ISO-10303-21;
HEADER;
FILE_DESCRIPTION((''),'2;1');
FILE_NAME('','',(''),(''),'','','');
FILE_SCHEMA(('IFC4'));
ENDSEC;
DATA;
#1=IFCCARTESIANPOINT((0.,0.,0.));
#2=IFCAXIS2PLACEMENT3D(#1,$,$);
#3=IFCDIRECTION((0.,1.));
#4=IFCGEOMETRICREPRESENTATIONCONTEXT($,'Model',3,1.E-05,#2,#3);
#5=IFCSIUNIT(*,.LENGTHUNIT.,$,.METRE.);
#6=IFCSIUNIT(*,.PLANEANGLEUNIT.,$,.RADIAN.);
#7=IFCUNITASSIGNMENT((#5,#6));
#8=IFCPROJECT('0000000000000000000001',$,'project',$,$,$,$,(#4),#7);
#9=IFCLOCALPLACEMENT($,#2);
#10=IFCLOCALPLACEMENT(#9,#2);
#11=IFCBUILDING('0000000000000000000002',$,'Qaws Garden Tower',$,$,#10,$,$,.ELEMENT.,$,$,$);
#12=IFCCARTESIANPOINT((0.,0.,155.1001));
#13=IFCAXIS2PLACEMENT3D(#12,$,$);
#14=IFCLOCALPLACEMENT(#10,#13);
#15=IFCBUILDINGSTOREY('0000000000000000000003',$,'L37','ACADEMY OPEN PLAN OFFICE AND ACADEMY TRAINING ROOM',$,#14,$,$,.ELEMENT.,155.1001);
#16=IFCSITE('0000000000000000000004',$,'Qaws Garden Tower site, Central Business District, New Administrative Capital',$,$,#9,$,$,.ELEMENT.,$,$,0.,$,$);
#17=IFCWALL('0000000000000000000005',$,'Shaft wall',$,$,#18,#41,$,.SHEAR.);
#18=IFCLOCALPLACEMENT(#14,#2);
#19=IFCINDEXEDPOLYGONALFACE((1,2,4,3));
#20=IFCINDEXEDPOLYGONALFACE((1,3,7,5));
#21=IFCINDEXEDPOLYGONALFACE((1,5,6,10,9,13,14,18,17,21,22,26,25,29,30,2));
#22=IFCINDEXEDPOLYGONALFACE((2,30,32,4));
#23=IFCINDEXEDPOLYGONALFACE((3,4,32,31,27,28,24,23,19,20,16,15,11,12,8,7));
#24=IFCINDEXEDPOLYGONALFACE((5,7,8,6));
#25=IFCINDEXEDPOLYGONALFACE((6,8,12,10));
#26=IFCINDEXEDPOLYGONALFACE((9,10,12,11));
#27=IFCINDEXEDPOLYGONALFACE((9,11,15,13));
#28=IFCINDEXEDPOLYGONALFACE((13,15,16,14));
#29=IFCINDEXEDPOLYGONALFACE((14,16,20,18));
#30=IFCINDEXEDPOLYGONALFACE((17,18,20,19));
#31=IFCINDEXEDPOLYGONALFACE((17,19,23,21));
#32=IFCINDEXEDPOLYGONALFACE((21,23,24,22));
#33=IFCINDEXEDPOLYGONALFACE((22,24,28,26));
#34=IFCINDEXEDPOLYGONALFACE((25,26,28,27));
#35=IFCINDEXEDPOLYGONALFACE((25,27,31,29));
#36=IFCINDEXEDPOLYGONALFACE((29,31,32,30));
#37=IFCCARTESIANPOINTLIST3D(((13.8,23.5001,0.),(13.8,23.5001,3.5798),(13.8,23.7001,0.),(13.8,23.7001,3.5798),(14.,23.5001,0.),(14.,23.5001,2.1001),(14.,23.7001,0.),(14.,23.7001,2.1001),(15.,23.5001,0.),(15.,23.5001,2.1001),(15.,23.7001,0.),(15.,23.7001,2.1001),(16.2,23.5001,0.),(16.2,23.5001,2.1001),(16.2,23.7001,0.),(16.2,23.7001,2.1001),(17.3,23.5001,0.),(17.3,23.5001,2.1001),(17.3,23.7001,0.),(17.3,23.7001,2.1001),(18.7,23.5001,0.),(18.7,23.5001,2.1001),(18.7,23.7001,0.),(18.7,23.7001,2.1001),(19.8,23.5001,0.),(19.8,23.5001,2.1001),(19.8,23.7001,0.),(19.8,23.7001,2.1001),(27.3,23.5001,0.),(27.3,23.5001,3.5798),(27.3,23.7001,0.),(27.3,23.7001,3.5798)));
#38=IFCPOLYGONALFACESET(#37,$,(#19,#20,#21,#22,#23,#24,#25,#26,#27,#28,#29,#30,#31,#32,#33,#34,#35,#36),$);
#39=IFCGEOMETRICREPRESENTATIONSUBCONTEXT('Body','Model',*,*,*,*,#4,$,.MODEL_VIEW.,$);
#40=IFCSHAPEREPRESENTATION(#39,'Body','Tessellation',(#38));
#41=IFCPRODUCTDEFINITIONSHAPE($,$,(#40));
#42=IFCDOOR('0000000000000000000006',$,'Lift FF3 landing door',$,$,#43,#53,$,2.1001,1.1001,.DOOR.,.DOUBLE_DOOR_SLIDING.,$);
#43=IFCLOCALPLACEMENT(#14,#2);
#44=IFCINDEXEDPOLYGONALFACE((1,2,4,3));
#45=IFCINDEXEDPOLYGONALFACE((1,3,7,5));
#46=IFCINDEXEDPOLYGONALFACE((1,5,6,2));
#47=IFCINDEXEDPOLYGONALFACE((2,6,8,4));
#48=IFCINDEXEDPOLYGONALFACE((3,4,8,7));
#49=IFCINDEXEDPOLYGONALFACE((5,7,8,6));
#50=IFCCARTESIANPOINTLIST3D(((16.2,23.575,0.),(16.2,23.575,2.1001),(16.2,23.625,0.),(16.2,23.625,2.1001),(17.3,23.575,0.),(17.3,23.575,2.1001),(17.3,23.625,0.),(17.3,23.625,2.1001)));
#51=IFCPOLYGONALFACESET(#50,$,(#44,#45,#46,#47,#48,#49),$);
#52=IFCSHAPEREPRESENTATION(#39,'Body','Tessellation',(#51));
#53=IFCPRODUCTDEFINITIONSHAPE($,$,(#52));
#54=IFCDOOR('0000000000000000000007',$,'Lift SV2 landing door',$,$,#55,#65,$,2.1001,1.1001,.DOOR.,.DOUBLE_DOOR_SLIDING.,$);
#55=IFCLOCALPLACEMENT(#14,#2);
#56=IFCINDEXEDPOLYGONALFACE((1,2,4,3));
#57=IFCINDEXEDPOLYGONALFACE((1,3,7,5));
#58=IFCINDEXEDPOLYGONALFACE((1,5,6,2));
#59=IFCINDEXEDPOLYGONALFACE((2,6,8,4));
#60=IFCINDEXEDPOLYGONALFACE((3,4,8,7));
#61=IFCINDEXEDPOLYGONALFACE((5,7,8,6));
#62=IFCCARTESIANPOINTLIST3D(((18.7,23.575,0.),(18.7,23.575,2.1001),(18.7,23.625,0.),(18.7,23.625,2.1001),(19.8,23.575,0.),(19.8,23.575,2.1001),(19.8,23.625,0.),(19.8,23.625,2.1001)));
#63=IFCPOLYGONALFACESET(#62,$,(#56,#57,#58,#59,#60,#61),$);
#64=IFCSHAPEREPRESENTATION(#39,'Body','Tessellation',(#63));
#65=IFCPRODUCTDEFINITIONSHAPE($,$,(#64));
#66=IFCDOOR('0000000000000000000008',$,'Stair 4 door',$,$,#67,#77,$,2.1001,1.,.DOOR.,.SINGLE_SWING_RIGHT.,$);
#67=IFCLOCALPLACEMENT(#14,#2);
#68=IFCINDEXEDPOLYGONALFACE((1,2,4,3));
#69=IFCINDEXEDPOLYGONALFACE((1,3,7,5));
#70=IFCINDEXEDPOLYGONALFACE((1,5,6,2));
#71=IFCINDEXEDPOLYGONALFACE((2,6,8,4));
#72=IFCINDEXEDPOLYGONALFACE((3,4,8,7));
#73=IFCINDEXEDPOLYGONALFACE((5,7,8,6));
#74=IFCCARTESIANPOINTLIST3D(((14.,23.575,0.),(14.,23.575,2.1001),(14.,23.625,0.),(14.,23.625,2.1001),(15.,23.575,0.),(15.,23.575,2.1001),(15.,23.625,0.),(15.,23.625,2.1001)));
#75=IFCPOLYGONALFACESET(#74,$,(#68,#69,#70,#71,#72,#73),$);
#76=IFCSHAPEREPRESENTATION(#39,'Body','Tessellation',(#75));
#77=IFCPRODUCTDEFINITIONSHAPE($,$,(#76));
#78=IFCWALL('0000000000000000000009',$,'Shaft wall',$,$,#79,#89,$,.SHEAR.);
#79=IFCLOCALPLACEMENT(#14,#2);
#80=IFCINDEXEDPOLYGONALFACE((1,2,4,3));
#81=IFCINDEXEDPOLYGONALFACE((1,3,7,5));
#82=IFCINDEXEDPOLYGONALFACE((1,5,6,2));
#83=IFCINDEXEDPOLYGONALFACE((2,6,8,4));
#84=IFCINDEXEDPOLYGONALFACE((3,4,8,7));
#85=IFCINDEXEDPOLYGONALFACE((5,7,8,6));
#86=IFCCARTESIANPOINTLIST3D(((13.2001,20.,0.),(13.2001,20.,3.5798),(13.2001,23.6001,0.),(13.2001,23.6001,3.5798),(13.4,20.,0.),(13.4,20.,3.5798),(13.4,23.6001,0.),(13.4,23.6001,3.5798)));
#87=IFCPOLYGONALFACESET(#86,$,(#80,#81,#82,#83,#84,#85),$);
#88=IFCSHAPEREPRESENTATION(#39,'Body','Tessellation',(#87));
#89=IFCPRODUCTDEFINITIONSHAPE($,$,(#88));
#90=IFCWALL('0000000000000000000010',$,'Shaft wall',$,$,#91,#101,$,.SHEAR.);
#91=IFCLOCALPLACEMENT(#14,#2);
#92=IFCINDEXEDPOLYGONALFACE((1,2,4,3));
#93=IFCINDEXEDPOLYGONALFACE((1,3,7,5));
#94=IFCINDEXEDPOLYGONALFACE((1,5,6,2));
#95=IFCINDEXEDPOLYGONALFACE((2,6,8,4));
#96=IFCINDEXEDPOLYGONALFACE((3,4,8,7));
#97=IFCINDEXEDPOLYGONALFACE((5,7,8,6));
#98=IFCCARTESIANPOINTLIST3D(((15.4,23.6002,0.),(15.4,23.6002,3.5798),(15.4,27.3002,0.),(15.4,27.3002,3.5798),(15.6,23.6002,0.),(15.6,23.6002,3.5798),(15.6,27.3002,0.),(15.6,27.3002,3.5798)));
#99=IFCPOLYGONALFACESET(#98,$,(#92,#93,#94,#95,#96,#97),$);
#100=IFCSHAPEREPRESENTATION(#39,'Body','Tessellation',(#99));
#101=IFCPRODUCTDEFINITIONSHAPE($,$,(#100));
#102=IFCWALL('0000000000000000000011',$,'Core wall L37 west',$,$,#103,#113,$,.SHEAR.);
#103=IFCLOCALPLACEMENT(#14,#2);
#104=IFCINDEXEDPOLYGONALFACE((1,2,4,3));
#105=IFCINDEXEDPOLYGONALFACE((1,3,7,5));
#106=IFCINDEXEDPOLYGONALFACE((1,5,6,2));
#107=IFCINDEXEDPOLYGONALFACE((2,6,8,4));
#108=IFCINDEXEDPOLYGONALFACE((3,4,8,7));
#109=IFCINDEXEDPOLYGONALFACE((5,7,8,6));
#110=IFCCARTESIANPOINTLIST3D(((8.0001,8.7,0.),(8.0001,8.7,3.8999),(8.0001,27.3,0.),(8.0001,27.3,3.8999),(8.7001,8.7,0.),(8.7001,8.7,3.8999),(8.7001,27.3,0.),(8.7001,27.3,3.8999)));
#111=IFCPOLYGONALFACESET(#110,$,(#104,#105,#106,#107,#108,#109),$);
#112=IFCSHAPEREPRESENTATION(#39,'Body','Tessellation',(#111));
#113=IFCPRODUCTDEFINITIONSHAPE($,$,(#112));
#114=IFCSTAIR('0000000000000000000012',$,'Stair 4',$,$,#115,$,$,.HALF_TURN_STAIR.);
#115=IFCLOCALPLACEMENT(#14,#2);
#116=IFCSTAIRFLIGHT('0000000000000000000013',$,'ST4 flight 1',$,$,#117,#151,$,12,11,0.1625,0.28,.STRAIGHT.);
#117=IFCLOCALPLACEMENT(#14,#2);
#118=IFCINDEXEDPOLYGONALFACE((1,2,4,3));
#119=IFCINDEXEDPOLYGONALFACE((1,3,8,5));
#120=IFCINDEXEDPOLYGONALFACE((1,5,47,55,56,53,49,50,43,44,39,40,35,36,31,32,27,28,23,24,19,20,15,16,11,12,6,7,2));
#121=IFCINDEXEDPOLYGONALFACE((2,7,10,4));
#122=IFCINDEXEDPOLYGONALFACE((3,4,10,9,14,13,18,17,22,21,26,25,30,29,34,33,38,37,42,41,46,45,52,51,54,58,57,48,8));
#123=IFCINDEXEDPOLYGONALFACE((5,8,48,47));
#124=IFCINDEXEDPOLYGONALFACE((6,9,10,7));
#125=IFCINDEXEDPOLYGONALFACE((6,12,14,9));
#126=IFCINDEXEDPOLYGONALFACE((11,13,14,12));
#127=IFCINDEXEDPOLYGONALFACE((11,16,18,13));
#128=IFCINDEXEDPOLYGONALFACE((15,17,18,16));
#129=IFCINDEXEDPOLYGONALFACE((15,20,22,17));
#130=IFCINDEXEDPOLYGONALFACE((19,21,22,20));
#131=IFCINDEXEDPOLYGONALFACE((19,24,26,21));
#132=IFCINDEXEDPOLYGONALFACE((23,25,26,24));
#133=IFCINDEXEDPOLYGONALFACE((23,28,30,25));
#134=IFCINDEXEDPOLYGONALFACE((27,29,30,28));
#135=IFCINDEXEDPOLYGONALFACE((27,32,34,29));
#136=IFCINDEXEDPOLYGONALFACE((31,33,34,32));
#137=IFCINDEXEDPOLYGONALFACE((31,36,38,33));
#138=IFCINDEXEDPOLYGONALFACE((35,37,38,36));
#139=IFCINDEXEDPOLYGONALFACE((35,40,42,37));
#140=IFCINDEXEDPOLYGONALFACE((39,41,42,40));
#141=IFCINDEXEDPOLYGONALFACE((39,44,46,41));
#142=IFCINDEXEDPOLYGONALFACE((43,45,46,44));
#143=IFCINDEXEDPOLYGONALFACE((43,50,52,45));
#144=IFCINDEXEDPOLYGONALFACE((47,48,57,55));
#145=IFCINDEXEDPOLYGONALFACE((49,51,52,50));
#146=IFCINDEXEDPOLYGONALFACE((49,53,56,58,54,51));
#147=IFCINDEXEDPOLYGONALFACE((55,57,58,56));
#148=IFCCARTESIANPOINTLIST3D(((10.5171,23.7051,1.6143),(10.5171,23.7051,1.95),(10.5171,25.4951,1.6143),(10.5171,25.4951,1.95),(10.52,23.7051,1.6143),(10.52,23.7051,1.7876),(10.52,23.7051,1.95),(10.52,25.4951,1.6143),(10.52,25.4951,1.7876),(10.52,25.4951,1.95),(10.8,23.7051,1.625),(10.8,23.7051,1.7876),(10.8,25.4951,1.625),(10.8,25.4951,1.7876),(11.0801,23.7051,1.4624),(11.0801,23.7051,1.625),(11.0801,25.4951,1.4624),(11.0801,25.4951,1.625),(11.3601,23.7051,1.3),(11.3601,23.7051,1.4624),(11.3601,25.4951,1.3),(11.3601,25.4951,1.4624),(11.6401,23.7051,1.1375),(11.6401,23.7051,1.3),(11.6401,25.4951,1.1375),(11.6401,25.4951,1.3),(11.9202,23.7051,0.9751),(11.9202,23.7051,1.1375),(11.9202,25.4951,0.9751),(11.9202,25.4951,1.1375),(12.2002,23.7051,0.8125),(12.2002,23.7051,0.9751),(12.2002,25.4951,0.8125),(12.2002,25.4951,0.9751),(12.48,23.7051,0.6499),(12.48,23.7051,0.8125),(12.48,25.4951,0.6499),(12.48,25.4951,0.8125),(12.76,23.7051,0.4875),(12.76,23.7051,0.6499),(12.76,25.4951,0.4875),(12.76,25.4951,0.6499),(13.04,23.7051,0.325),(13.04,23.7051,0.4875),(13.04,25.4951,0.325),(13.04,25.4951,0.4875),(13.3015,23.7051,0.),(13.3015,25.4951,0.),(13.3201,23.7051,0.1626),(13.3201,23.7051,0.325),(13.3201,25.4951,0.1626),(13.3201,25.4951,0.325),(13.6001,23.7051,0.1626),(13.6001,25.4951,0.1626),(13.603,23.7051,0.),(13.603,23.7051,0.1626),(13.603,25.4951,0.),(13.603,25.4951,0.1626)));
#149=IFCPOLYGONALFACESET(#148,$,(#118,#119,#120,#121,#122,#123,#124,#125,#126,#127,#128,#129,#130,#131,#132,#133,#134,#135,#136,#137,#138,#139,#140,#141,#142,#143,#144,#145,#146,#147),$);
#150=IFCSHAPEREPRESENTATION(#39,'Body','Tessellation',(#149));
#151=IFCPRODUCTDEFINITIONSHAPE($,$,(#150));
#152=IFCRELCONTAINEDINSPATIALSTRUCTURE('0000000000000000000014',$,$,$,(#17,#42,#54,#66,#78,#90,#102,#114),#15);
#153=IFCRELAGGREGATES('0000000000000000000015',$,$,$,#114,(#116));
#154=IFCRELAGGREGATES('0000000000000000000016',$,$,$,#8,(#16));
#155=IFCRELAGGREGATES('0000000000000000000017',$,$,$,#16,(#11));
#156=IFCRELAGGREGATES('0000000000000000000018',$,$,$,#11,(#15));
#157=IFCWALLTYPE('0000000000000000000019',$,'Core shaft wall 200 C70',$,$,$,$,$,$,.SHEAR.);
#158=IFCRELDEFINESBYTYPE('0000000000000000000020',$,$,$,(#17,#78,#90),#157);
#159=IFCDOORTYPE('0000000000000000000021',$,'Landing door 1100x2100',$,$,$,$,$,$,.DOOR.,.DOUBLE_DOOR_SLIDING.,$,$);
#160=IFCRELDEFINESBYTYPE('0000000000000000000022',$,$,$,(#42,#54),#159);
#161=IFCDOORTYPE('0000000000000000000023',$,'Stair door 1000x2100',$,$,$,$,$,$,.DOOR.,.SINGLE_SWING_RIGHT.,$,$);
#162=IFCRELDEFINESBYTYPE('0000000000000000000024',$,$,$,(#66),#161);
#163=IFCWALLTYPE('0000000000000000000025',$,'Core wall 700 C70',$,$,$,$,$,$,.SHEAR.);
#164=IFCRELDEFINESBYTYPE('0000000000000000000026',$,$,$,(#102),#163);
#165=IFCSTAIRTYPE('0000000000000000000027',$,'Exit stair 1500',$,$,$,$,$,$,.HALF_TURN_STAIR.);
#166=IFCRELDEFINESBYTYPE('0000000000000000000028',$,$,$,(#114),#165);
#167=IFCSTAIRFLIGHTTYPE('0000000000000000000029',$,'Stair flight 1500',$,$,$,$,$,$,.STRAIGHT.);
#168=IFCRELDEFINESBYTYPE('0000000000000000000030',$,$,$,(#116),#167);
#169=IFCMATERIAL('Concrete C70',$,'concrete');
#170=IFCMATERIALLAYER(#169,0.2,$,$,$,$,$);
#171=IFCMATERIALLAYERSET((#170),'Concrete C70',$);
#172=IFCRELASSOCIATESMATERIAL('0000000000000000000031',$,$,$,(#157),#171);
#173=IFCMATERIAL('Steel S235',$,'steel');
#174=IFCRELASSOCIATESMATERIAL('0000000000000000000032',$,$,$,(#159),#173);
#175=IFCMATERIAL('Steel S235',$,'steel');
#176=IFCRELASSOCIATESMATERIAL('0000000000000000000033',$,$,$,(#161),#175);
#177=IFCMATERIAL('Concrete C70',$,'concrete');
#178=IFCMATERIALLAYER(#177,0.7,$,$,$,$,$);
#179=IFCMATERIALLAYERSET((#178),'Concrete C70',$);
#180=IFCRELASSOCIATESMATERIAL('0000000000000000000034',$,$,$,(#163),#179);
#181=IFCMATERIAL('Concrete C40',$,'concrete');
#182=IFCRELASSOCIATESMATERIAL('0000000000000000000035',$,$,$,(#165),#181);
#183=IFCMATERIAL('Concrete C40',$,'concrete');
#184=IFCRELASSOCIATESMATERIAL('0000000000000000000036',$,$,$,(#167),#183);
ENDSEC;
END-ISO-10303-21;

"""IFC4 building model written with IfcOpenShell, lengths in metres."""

from ifc_helpers import new_model, si_unit, direction, frame, frame_2d, origin, place, context, subcontext, project, spatial, polyline, rectangle, outline, extrude, material, layer, layer_set, type_object, element, fill, aggregate, save


model = new_model("IFC4")

# Units and contexts
model_context = context("Model", 3, precision=1e-05, world=origin(), true_north=direction((0.0, 1.0)))
body_context = subcontext(model_context, "Body", "Model", "MODEL_VIEW")
ifc_project = project(units=[si_unit("LENGTHUNIT", "METRE"), si_unit("PLANEANGLEUNIT", "RADIAN")], contexts=[model_context])

# Site, building, storey
site_placement = place(None, origin())
site = spatial("IfcSite", under=ifc_project, at=site_placement, Name="Qaws Garden Tower site, Central Business District, New Administrative Capital", CompositionType="ELEMENT", RefElevation=0.0)
building_placement = place(site_placement, origin())
building = spatial("IfcBuilding", under=site, at=building_placement, Name="Qaws Garden Tower", CompositionType="ELEMENT")
storey_placement = place(building_placement, frame((0.0, 0.0, 155.1001)))
storey = spatial("IfcBuildingStorey", under=building, at=storey_placement, Name="L37", Description="ACADEMY OPEN PLAN OFFICE AND ACADEMY TRAINING ROOM", CompositionType="ELEMENT", Elevation=155.1001)

# Shared definitions
ifc_material_1 = material(Name="Concrete C70", Category="concrete")
ifc_layer_1 = layer(ifc_material_1, 0.2)
ifc_layer_set_1 = layer_set([ifc_layer_1], Name="Concrete C70")
wall_type_1 = type_object("IfcWallType", Name="Core shaft wall 200 C70", PredefinedType="SHEAR", material=ifc_layer_set_1)

# Wall, openings, doors
wall_1_placement = place(storey_placement, frame((13.8, 23.6001, 0.0), z_axis=(0.0, 0.0, 1.0), x_axis=(1.0, 0.0, 0.0)))
wall_1 = element("IfcWall", 1, at=wall_1_placement, inside=storey, type_object=wall_type_1, Name="Shaft wall", PredefinedType="SHEAR", context=body_context, shape_type="SweptSolid", body=[
    extrude(rectangle(XDim=13.5, YDim=0.2, at=frame_2d((6.75, 0.0))), origin(), (0.0, 0.0, 1.0), 3.5798),
])
opening_1_placement = place(wall_1_placement, frame((2.3999, 0.0, 0.0)))
opening_1 = element("IfcOpeningElement", 2, at=opening_1_placement, cuts=wall_1, PredefinedType="OPENING", context=body_context, shape_type="SweptSolid", body=[
    extrude(rectangle(XDim=1.1001, YDim=2.1001, at=frame_2d((0.55, 1.05))), frame((0.0, 0.1099, 0.0), z_axis=(0.0, -1.0, 0.0), x_axis=(1.0, 0.0, 0.0)), (0.0, 0.0, 1.0), 0.22),
])
opening_2_placement = place(wall_1_placement, frame((4.8999, 0.0, 0.0)))
opening_2 = element("IfcOpeningElement", 3, at=opening_2_placement, cuts=wall_1, PredefinedType="OPENING", context=body_context, shape_type="SweptSolid", body=[
    extrude(rectangle(XDim=1.1001, YDim=2.1001, at=frame_2d((0.55, 1.05))), frame((0.0, 0.1099, 0.0), z_axis=(0.0, -1.0, 0.0), x_axis=(1.0, 0.0, 0.0)), (0.0, 0.0, 1.0), 0.22),
])
opening_3_placement = place(wall_1_placement, frame((0.2, 0.0, 0.0)))
opening_3 = element("IfcOpeningElement", 4, at=opening_3_placement, cuts=wall_1, PredefinedType="OPENING", context=body_context, shape_type="SweptSolid", body=[
    extrude(rectangle(XDim=1.0, YDim=2.1001, at=frame_2d((0.5, 1.05))), frame((0.0, 0.1099, 0.0), z_axis=(0.0, -1.0, 0.0), x_axis=(1.0, 0.0, 0.0)), (0.0, 0.0, 1.0), 0.22),
])
ifc_material_2 = material(Name="Steel S235", Category="steel")
door_type_1 = type_object("IfcDoorType", Name="Landing door 1100x2100", OperationType="DOUBLE_DOOR_SLIDING", PredefinedType="DOOR", material=ifc_material_2)
door_1_placement = place(opening_1_placement, origin())
door_1 = element("IfcDoor", 5, at=door_1_placement, inside=storey, type_object=door_type_1, Name="Lift FF3 landing door", OperationType="DOUBLE_DOOR_SLIDING", OverallHeight=2.1001, OverallWidth=1.1001, PredefinedType="DOOR", context=body_context, shape_type="SweptSolid", body=[
    extrude(rectangle(XDim=1.1001, YDim=2.1001, at=frame_2d((0.55, 1.05))), frame((0.0, 0.0249, 0.0), z_axis=(0.0, -1.0, 0.0), x_axis=(1.0, 0.0, 0.0)), (0.0, 0.0, 1.0), 0.05),
])
fill(opening_1, door_1)
door_2_placement = place(opening_2_placement, origin())
door_2 = element("IfcDoor", 6, at=door_2_placement, inside=storey, type_object=door_type_1, Name="Lift SV2 landing door", OperationType="DOUBLE_DOOR_SLIDING", OverallHeight=2.1001, OverallWidth=1.1001, PredefinedType="DOOR", context=body_context, shape_type="SweptSolid", body=[
    extrude(rectangle(XDim=1.1001, YDim=2.1001, at=frame_2d((0.55, 1.05))), frame((0.0, 0.0249, 0.0), z_axis=(0.0, -1.0, 0.0), x_axis=(1.0, 0.0, 0.0)), (0.0, 0.0, 1.0), 0.05),
])
fill(opening_2, door_2)
ifc_material_3 = material(Name="Steel S235", Category="steel")
door_type_2 = type_object("IfcDoorType", Name="Stair door 1000x2100", OperationType="SINGLE_SWING_RIGHT", PredefinedType="DOOR", material=ifc_material_3)
door_3_placement = place(opening_3_placement, origin())
door_3 = element("IfcDoor", 7, at=door_3_placement, inside=storey, type_object=door_type_2, Name="Stair 4 door", OperationType="SINGLE_SWING_RIGHT", OverallHeight=2.1001, OverallWidth=1.0, PredefinedType="DOOR", context=body_context, shape_type="SweptSolid", body=[
    extrude(rectangle(XDim=1.0, YDim=2.1001, at=frame_2d((0.5, 1.05))), frame((0.0, 0.0249, 0.0), z_axis=(0.0, -1.0, 0.0), x_axis=(1.0, 0.0, 0.0)), (0.0, 0.0, 1.0), 0.05),
])
fill(opening_3, door_3)

# Walls
wall_2_placement = place(storey_placement, frame((13.3, 20.0, 0.0), z_axis=(0.0, 0.0, 1.0), x_axis=(0.0, 1.0, 0.0)))
element("IfcWall", 8, at=wall_2_placement, inside=storey, type_object=wall_type_1, Name="Shaft wall", PredefinedType="SHEAR", context=body_context, shape_type="SweptSolid", body=[
    extrude(rectangle(XDim=3.6001, YDim=0.2, at=frame_2d((1.8, 0.0))), origin(), (0.0, 0.0, 1.0), 3.5798),
])
wall_3_placement = place(storey_placement, frame((15.5, 23.6001, 0.0), z_axis=(0.0, 0.0, 1.0), x_axis=(0.0, 1.0, 0.0)))
element("IfcWall", 9, at=wall_3_placement, inside=storey, type_object=wall_type_1, Name="Shaft wall", PredefinedType="SHEAR", context=body_context, shape_type="SweptSolid", body=[
    extrude(rectangle(XDim=3.7, YDim=0.2, at=frame_2d((1.8501, 0.0))), origin(), (0.0, 0.0, 1.0), 3.5798),
])
ifc_material_4 = material(Name="Concrete C70", Category="concrete")
ifc_layer_2 = layer(ifc_material_4, 0.7)
ifc_layer_set_2 = layer_set([ifc_layer_2], Name="Concrete C70")
wall_type_2 = type_object("IfcWallType", Name="Core wall 700 C70", PredefinedType="SHEAR", material=ifc_layer_set_2)
wall_4_placement = place(storey_placement, frame((8.3501, 27.3, 0.0), z_axis=(0.0, 0.0, 1.0), x_axis=(0.0, -1.0, 0.0)))
element("IfcWall", 10, at=wall_4_placement, inside=storey, type_object=wall_type_2, Name="Core wall L37 west", PredefinedType="SHEAR", context=body_context, shape_type="SweptSolid", body=[
    extrude(rectangle(XDim=18.6001, YDim=0.7, at=frame_2d((9.3, 0.0))), origin(), (0.0, 0.0, 1.0), 3.8999),
])

# Stair, stair flight
ifc_material_5 = material(Name="Concrete C40", Category="concrete")
stair_type = type_object("IfcStairType", Name="Exit stair 1500", PredefinedType="HALF_TURN_STAIR", material=ifc_material_5)
stair_placement = place(storey_placement, origin())
stair = element("IfcStair", 11, at=stair_placement, inside=storey, type_object=stair_type, Name="Stair 4", PredefinedType="HALF_TURN_STAIR")
ifc_material_6 = material(Name="Concrete C40", Category="concrete")
stair_flight_type = type_object("IfcStairFlightType", Name="Stair flight 1500", PredefinedType="STRAIGHT", material=ifc_material_6)
stair_flight_1_placement = place(storey_placement, frame((13.6001, 24.6001, 0.0), z_axis=(0.0, 0.0, 1.0), x_axis=(-1.0, 0.0, 0.0)))
stair_flight_1 = element("IfcStairFlight", 12, at=stair_flight_1_placement, type_object=stair_flight_type, Name="ST4 flight 1", NumberOfRisers=12, NumberOfTreads=11, PredefinedType="STRAIGHT", RiserHeight=0.1625, TreadLength=0.28, context=body_context, shape_type="SweptSolid", body=[
    extrude(outline(polyline([(-0.0029, 0.0), (-0.0029, 0.1626), (0.0, 0.1626), (0.28, 0.1626), (0.28, 0.325), (0.5601, 0.325), (0.5601, 0.4875), (0.8401, 0.4875), (0.8401, 0.6499), (1.1201, 0.6499), (1.1201, 0.8125), (1.3999, 0.8125), (1.3999, 0.9751), (1.6799, 0.9751), (1.6799, 1.1375), (1.96, 1.1375), (1.96, 1.3), (2.24, 1.3), (2.24, 1.4624), (2.52, 1.4624), (2.52, 1.625), (2.8, 1.625), (2.8, 1.7876), (3.0801, 1.7876), (3.0801, 1.95), (3.083, 1.95), (3.083, 1.6143), (3.0801, 1.6143), (0.2986, 0.0), (-0.0029, 0.0)])), frame((0.0, 0.895, 0.0), z_axis=(0.0, -1.0, 0.0), x_axis=(1.0, 0.0, 0.0)), (0.0, 0.0, 1.0), 1.79),
])
aggregate(stair, [stair_flight_1])

save(model, "model.ifc")
